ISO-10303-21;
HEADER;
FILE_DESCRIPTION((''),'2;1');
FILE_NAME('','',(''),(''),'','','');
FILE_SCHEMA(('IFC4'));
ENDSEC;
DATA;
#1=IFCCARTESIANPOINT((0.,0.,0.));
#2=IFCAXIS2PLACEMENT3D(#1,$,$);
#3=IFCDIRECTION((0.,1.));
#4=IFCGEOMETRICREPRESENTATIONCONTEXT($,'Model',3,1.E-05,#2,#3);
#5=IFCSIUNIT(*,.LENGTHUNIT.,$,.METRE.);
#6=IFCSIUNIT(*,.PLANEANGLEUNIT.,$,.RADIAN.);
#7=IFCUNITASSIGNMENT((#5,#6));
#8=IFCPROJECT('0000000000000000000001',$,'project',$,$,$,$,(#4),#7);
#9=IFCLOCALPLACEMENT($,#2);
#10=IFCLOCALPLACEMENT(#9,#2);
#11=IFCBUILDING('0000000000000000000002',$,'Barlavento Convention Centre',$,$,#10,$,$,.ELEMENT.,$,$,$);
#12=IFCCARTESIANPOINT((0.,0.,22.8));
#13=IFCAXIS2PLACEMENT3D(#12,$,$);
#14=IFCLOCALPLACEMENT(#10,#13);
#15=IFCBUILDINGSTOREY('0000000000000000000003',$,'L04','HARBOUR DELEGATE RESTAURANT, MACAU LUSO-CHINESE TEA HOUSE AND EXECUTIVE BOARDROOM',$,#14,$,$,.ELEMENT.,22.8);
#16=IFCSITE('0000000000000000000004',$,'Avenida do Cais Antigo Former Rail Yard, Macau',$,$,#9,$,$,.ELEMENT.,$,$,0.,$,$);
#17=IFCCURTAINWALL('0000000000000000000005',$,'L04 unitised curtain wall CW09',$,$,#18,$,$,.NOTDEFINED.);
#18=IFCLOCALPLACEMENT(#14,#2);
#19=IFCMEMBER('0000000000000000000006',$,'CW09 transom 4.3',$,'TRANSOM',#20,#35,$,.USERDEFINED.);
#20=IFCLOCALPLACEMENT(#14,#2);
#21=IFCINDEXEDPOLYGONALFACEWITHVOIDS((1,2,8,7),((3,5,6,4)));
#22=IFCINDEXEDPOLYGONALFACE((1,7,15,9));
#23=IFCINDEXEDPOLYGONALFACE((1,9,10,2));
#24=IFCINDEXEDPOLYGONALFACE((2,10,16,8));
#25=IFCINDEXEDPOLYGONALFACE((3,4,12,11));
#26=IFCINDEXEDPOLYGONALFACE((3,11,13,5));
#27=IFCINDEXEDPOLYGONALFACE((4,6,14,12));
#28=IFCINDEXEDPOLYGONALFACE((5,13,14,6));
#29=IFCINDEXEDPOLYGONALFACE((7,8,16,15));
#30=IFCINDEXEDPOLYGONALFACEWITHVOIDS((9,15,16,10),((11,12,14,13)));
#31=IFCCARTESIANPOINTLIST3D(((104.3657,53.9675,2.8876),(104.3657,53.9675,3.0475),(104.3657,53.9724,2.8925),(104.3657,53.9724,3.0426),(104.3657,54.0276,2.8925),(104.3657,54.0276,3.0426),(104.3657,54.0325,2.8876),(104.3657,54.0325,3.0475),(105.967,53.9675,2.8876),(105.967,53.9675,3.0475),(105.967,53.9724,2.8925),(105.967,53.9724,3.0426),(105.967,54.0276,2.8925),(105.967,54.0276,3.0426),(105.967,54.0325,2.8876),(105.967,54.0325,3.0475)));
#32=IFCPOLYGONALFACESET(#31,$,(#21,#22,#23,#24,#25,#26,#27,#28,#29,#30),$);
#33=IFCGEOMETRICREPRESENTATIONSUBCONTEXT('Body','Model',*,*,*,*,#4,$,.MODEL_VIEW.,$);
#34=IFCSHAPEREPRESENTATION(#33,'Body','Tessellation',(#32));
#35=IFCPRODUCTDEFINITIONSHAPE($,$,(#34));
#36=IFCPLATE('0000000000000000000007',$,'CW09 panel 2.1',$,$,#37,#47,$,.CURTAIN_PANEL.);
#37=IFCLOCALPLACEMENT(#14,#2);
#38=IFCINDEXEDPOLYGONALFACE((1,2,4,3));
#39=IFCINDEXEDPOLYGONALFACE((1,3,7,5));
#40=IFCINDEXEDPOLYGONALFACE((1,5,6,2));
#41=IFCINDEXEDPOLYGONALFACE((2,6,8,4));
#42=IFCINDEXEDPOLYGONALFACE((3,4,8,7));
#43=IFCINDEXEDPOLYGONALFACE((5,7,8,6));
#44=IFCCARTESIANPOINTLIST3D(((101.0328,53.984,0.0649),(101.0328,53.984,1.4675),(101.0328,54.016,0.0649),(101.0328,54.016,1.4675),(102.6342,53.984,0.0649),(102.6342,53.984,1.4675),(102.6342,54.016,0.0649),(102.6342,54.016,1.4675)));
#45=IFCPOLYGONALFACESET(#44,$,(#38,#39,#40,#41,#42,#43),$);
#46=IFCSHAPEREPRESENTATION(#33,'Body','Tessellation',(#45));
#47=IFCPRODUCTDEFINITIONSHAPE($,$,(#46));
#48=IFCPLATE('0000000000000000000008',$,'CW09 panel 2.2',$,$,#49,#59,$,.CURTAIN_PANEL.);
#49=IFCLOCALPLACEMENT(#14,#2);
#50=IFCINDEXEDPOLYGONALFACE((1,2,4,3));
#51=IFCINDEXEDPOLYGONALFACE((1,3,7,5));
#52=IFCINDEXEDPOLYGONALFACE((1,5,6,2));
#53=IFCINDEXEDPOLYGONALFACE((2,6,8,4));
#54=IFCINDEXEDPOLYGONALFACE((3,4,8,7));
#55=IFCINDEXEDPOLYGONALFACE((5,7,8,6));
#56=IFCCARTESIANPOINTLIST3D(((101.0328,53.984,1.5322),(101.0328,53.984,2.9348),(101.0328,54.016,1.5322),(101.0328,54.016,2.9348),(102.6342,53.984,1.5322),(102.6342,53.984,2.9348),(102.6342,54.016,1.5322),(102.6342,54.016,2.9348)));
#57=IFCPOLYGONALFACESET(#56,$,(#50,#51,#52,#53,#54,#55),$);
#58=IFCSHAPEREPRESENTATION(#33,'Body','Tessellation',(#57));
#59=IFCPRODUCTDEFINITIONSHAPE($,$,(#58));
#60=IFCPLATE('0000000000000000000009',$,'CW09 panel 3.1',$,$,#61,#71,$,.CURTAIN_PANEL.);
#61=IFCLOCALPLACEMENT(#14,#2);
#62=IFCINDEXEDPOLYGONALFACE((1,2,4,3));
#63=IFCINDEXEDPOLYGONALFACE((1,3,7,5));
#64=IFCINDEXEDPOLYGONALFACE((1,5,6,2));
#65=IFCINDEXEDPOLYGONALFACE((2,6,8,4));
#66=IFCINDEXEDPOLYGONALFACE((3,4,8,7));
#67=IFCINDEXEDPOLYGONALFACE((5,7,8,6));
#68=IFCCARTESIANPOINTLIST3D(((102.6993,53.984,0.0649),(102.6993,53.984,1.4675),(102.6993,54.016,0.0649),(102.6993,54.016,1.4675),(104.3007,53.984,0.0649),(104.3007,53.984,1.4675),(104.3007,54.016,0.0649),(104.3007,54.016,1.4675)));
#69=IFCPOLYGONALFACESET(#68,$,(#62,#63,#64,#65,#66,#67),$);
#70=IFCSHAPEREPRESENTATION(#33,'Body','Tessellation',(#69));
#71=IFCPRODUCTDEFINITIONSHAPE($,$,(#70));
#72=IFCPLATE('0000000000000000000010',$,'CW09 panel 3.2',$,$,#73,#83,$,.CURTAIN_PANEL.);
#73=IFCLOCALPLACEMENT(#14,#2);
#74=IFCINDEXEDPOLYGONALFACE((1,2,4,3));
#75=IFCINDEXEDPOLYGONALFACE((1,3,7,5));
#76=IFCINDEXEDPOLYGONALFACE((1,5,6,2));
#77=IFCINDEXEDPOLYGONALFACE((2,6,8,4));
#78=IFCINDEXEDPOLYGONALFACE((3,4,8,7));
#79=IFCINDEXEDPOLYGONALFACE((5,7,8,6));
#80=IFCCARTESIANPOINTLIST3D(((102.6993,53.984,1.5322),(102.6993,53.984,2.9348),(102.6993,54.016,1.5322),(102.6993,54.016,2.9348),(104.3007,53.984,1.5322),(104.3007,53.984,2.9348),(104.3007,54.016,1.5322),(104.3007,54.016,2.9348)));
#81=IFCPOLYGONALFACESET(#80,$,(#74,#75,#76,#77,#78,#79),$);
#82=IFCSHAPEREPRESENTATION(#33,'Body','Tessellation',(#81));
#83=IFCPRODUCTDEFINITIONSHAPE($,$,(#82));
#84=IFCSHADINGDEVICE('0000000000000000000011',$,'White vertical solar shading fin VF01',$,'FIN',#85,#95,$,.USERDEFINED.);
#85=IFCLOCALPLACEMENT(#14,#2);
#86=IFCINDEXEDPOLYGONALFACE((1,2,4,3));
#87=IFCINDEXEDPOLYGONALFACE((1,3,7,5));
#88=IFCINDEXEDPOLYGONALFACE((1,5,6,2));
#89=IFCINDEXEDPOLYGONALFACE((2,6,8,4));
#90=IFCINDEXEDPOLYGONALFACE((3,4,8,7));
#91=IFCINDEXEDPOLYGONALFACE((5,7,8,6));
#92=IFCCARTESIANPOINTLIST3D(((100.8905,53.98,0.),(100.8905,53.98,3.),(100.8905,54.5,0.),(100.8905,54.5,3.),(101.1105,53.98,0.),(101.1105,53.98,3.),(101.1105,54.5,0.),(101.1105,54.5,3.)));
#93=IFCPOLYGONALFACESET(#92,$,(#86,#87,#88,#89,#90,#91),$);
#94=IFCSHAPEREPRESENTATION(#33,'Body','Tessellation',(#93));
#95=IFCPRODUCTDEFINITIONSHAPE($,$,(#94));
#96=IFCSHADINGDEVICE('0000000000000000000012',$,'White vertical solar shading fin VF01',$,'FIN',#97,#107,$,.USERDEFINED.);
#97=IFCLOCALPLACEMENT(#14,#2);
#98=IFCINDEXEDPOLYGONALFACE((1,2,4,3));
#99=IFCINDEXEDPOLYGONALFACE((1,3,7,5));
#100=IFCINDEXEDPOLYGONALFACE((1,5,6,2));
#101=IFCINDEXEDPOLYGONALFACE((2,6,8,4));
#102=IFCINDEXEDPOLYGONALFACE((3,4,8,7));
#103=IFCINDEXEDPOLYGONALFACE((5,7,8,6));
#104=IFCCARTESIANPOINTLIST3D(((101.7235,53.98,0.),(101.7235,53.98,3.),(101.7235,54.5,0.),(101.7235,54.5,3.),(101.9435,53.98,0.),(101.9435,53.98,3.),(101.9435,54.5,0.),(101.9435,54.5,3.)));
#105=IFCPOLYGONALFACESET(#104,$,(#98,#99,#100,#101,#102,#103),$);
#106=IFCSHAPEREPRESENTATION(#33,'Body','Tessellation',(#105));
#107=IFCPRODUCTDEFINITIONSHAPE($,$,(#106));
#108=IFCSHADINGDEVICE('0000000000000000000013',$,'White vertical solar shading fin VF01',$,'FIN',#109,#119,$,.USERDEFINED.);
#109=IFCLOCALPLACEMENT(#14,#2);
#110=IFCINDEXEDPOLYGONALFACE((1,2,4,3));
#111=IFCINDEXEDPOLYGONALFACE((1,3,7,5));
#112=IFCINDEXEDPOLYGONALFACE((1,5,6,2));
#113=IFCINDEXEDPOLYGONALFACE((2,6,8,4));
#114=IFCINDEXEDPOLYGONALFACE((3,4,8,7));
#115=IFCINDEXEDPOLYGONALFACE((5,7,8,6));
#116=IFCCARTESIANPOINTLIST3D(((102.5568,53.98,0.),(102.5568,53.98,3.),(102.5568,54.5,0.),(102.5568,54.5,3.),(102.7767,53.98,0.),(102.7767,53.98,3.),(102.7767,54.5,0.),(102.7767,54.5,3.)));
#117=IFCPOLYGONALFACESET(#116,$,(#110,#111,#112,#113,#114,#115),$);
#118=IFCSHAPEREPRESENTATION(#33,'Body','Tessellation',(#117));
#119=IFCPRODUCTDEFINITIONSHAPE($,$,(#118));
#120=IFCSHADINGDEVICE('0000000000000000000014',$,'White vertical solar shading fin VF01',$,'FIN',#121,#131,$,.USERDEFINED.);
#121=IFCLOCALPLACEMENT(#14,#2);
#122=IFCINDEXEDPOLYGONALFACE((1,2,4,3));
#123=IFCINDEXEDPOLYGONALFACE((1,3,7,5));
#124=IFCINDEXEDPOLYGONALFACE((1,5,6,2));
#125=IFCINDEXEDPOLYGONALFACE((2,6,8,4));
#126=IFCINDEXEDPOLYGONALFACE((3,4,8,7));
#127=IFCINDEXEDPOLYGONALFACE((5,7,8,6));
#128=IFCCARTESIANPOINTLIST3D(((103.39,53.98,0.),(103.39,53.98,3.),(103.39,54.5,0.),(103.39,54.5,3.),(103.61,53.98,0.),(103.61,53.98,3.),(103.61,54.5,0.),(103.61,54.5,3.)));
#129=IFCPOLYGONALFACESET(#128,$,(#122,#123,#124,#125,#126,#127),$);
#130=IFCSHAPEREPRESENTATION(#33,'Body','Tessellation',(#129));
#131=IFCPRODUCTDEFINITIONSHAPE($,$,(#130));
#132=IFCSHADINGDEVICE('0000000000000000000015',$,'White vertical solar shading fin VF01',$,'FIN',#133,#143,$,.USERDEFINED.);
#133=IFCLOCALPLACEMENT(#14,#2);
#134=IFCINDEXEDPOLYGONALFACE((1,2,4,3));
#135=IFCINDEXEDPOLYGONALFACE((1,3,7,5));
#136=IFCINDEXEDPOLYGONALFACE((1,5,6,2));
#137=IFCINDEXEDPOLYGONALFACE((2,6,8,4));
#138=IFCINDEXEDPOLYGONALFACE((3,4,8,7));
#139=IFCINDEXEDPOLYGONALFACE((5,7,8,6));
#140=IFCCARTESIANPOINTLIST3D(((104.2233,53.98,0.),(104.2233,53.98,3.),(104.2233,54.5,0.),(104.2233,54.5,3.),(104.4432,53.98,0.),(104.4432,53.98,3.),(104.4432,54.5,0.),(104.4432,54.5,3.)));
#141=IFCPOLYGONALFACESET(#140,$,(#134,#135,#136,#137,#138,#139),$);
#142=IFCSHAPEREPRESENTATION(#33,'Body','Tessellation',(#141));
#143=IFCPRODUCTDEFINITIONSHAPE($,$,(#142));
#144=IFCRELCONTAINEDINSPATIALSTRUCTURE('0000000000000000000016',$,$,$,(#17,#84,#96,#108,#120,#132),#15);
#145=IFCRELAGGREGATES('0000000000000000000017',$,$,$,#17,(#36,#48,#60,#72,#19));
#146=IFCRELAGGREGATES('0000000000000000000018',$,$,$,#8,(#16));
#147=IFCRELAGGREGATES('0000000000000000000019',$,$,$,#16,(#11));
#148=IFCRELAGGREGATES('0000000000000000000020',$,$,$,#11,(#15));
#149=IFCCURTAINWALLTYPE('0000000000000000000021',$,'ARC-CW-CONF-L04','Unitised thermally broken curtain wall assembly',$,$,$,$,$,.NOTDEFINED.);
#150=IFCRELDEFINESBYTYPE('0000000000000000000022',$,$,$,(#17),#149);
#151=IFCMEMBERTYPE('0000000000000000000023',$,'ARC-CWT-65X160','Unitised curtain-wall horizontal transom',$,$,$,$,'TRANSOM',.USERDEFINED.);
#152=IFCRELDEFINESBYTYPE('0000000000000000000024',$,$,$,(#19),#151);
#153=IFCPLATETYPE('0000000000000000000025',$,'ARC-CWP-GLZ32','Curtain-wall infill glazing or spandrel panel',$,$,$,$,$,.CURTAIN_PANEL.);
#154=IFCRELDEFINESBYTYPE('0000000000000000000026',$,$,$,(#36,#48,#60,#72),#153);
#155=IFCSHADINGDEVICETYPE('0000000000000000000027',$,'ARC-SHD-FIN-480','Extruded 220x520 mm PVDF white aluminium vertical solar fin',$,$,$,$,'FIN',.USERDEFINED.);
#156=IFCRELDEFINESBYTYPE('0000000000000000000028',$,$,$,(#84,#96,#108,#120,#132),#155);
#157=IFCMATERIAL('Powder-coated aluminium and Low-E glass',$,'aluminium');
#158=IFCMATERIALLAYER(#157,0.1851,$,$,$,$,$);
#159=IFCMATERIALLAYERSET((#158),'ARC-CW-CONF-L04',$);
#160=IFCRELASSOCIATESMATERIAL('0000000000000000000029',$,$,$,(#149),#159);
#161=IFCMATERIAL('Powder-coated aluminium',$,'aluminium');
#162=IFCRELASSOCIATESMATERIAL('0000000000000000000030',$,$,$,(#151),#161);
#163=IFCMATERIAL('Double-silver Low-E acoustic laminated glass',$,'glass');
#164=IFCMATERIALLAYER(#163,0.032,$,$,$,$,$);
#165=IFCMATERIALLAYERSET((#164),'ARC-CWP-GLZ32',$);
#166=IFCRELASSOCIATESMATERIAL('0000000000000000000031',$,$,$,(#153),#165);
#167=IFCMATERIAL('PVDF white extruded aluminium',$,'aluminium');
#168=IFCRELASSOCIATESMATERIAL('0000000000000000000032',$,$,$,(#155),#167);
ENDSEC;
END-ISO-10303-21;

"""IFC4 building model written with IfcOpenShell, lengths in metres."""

from ifc_helpers import new_model, si_unit, direction, frame, origin, origin_2d, place, context, subcontext, project, spatial, rectangle, hollow_rectangle, extrude, material, layer, layer_set, material_profile, profile_set, type_object, element, aggregate, save


model = new_model("IFC4")

# Units and contexts
model_context = context("Model", 3, precision=1e-05, world=origin(), true_north=direction((0.0, 1.0)))
body_context = subcontext(model_context, "Body", "Model", "MODEL_VIEW")
ifc_project = project(units=[si_unit("LENGTHUNIT", "METRE"), si_unit("PLANEANGLEUNIT", "RADIAN")], contexts=[model_context])

# Site, building, storey
site_placement = place(None, origin())
site = spatial("IfcSite", under=ifc_project, at=site_placement, Name="Avenida do Cais Antigo Former Rail Yard, Macau", CompositionType="ELEMENT", RefElevation=0.0)
building_placement = place(site_placement, origin())
building = spatial("IfcBuilding", under=site, at=building_placement, Name="Barlavento Convention Centre", CompositionType="ELEMENT")
storey_placement = place(building_placement, frame((0.0, 0.0, 22.8)))
storey = spatial("IfcBuildingStorey", under=building, at=storey_placement, Name="L04", Description="HARBOUR DELEGATE RESTAURANT, MACAU LUSO-CHINESE TEA HOUSE AND EXECUTIVE BOARDROOM", CompositionType="ELEMENT", Elevation=22.8)

# Curtain wall, member, plates
ifc_material_1 = material(Name="Powder-coated aluminium and Low-E glass", Category="aluminium")
ifc_layer_1 = layer(ifc_material_1, 0.1851)
ifc_layer_set_1 = layer_set([ifc_layer_1], Name="ARC-CW-CONF-L04")
curtain_wall_type = type_object("IfcCurtainWallType", Name="ARC-CW-CONF-L04", Description="Unitised thermally broken curtain wall assembly", PredefinedType="NOTDEFINED", material=ifc_layer_set_1)
curtain_wall_placement = place(storey_placement, origin())
curtain_wall = element("IfcCurtainWall", 1, at=curtain_wall_placement, inside=storey, type_object=curtain_wall_type, Name="L04 unitised curtain wall CW09", PredefinedType="NOTDEFINED")
ifc_material_2 = material(Name="Powder-coated aluminium", Category="aluminium")
ifc_material_profile_1 = material_profile(ifc_material_2, hollow_rectangle(XDim=0.0649, YDim=0.1599, WallThickness=0.0049, at=origin_2d()), Name="AL-TRAN 65x160x5")
ifc_profile_set_1 = profile_set([ifc_material_profile_1], Name="Powder-coated aluminium")
member_type_1 = type_object("IfcMemberType", Name="ARC-CWT-65X160", Description="Unitised curtain-wall horizontal transom", ElementType="TRANSOM", PredefinedType="USERDEFINED", material=ifc_profile_set_1)
member_1_placement = place(storey_placement, frame((104.3657, 54.0, 2.9675), z_axis=(1.0, 0.0, 0.0), x_axis=(0.0, 1.0, 0.0)))
member_1 = element("IfcMember", 2, at=member_1_placement, type_object=member_type_1, Name="CW09 transom 4.3", ObjectType="TRANSOM", PredefinedType="USERDEFINED", context=body_context, shape_type="SweptSolid", body=[
    extrude(hollow_rectangle(XDim=0.0649, YDim=0.1599, WallThickness=0.0049, at=origin_2d()), origin(), (0.0, 0.0, 1.0), 1.6013),
])
ifc_material_3 = material(Name="Double-silver Low-E acoustic laminated glass", Category="glass")
ifc_layer_2 = layer(ifc_material_3, 0.032)
ifc_layer_set_2 = layer_set([ifc_layer_2], Name="ARC-CWP-GLZ32")
plate_type = type_object("IfcPlateType", Name="ARC-CWP-GLZ32", Description="Curtain-wall infill glazing or spandrel panel", PredefinedType="CURTAIN_PANEL", material=ifc_layer_set_2)
plate_1_placement = place(storey_placement, frame((101.8335, 54.0, 0.0649), z_axis=(0.0, 0.0, 1.0), x_axis=(1.0, 0.0, 0.0)))
plate_1 = element("IfcPlate", 3, at=plate_1_placement, type_object=plate_type, Name="CW09 panel 2.1", PredefinedType="CURTAIN_PANEL", context=body_context, shape_type="SweptSolid", body=[
    extrude(rectangle(XDim=1.6013, YDim=0.032, at=origin_2d()), origin(), (0.0, 0.0, 1.0), 1.4026),
])
plate_2_placement = place(storey_placement, frame((101.8335, 54.0, 1.5322), z_axis=(0.0, 0.0, 1.0), x_axis=(1.0, 0.0, 0.0)))
plate_2 = element("IfcPlate", 4, at=plate_2_placement, type_object=plate_type, Name="CW09 panel 2.2", PredefinedType="CURTAIN_PANEL", context=body_context, shape_type="SweptSolid", body=[
    extrude(rectangle(XDim=1.6013, YDim=0.032, at=origin_2d()), origin(), (0.0, 0.0, 1.0), 1.4026),
])
plate_3_placement = place(storey_placement, frame((103.5, 54.0, 0.0649), z_axis=(0.0, 0.0, 1.0), x_axis=(1.0, 0.0, 0.0)))
plate_3 = element("IfcPlate", 5, at=plate_3_placement, type_object=plate_type, Name="CW09 panel 3.1", PredefinedType="CURTAIN_PANEL", context=body_context, shape_type="SweptSolid", body=[
    extrude(rectangle(XDim=1.6013, YDim=0.032, at=origin_2d()), origin(), (0.0, 0.0, 1.0), 1.4026),
])
plate_4_placement = place(storey_placement, frame((103.5, 54.0, 1.5322), z_axis=(0.0, 0.0, 1.0), x_axis=(1.0, 0.0, 0.0)))
plate_4 = element("IfcPlate", 6, at=plate_4_placement, type_object=plate_type, Name="CW09 panel 3.2", PredefinedType="CURTAIN_PANEL", context=body_context, shape_type="SweptSolid", body=[
    extrude(rectangle(XDim=1.6013, YDim=0.032, at=origin_2d()), origin(), (0.0, 0.0, 1.0), 1.4026),
])
aggregate(curtain_wall, [plate_1, plate_2, plate_3, plate_4, member_1])

# Shading devices
ifc_material_4 = material(Name="PVDF white extruded aluminium", Category="aluminium")
shading_device_type = type_object("IfcShadingDeviceType", Name="ARC-SHD-FIN-480", Description="Extruded 220x520 mm PVDF white aluminium vertical solar fin", ElementType="FIN", PredefinedType="USERDEFINED", material=ifc_material_4)
for number, where, z_axis, x_axis, name in (
    (7, (101.0005, 54.24, 0.0), (0.0, 0.0, 1.0), (1.0, 0.0, 0.0), "White vertical solar shading fin VF01"),
    (8, (101.8335, 54.24, 0.0), (0.0, 0.0, 1.0), (1.0, 0.0, 0.0), "White vertical solar shading fin VF01"),
    (9, (102.6667, 54.24, 0.0), (0.0, 0.0, 1.0), (1.0, 0.0, 0.0), "White vertical solar shading fin VF01"),
    (10, (103.5, 54.24, 0.0), (0.0, 0.0, 1.0), (1.0, 0.0, 0.0), "White vertical solar shading fin VF01"),
    (11, (104.3333, 54.24, 0.0), (0.0, 0.0, 1.0), (1.0, 0.0, 0.0), "White vertical solar shading fin VF01"),
):
    element("IfcShadingDevice", number, at=place(storey_placement, frame(where, z_axis=z_axis, x_axis=x_axis)), inside=storey, type_object=shading_device_type, Name=name, ObjectType="FIN", PredefinedType="USERDEFINED", context=body_context, shape_type="SweptSolid", body=[
        extrude(rectangle(XDim=0.22, YDim=0.52, at=origin_2d()), origin(), (0.0, 0.0, 1.0), 3.0),
    ])

save(model, "model.ifc")
